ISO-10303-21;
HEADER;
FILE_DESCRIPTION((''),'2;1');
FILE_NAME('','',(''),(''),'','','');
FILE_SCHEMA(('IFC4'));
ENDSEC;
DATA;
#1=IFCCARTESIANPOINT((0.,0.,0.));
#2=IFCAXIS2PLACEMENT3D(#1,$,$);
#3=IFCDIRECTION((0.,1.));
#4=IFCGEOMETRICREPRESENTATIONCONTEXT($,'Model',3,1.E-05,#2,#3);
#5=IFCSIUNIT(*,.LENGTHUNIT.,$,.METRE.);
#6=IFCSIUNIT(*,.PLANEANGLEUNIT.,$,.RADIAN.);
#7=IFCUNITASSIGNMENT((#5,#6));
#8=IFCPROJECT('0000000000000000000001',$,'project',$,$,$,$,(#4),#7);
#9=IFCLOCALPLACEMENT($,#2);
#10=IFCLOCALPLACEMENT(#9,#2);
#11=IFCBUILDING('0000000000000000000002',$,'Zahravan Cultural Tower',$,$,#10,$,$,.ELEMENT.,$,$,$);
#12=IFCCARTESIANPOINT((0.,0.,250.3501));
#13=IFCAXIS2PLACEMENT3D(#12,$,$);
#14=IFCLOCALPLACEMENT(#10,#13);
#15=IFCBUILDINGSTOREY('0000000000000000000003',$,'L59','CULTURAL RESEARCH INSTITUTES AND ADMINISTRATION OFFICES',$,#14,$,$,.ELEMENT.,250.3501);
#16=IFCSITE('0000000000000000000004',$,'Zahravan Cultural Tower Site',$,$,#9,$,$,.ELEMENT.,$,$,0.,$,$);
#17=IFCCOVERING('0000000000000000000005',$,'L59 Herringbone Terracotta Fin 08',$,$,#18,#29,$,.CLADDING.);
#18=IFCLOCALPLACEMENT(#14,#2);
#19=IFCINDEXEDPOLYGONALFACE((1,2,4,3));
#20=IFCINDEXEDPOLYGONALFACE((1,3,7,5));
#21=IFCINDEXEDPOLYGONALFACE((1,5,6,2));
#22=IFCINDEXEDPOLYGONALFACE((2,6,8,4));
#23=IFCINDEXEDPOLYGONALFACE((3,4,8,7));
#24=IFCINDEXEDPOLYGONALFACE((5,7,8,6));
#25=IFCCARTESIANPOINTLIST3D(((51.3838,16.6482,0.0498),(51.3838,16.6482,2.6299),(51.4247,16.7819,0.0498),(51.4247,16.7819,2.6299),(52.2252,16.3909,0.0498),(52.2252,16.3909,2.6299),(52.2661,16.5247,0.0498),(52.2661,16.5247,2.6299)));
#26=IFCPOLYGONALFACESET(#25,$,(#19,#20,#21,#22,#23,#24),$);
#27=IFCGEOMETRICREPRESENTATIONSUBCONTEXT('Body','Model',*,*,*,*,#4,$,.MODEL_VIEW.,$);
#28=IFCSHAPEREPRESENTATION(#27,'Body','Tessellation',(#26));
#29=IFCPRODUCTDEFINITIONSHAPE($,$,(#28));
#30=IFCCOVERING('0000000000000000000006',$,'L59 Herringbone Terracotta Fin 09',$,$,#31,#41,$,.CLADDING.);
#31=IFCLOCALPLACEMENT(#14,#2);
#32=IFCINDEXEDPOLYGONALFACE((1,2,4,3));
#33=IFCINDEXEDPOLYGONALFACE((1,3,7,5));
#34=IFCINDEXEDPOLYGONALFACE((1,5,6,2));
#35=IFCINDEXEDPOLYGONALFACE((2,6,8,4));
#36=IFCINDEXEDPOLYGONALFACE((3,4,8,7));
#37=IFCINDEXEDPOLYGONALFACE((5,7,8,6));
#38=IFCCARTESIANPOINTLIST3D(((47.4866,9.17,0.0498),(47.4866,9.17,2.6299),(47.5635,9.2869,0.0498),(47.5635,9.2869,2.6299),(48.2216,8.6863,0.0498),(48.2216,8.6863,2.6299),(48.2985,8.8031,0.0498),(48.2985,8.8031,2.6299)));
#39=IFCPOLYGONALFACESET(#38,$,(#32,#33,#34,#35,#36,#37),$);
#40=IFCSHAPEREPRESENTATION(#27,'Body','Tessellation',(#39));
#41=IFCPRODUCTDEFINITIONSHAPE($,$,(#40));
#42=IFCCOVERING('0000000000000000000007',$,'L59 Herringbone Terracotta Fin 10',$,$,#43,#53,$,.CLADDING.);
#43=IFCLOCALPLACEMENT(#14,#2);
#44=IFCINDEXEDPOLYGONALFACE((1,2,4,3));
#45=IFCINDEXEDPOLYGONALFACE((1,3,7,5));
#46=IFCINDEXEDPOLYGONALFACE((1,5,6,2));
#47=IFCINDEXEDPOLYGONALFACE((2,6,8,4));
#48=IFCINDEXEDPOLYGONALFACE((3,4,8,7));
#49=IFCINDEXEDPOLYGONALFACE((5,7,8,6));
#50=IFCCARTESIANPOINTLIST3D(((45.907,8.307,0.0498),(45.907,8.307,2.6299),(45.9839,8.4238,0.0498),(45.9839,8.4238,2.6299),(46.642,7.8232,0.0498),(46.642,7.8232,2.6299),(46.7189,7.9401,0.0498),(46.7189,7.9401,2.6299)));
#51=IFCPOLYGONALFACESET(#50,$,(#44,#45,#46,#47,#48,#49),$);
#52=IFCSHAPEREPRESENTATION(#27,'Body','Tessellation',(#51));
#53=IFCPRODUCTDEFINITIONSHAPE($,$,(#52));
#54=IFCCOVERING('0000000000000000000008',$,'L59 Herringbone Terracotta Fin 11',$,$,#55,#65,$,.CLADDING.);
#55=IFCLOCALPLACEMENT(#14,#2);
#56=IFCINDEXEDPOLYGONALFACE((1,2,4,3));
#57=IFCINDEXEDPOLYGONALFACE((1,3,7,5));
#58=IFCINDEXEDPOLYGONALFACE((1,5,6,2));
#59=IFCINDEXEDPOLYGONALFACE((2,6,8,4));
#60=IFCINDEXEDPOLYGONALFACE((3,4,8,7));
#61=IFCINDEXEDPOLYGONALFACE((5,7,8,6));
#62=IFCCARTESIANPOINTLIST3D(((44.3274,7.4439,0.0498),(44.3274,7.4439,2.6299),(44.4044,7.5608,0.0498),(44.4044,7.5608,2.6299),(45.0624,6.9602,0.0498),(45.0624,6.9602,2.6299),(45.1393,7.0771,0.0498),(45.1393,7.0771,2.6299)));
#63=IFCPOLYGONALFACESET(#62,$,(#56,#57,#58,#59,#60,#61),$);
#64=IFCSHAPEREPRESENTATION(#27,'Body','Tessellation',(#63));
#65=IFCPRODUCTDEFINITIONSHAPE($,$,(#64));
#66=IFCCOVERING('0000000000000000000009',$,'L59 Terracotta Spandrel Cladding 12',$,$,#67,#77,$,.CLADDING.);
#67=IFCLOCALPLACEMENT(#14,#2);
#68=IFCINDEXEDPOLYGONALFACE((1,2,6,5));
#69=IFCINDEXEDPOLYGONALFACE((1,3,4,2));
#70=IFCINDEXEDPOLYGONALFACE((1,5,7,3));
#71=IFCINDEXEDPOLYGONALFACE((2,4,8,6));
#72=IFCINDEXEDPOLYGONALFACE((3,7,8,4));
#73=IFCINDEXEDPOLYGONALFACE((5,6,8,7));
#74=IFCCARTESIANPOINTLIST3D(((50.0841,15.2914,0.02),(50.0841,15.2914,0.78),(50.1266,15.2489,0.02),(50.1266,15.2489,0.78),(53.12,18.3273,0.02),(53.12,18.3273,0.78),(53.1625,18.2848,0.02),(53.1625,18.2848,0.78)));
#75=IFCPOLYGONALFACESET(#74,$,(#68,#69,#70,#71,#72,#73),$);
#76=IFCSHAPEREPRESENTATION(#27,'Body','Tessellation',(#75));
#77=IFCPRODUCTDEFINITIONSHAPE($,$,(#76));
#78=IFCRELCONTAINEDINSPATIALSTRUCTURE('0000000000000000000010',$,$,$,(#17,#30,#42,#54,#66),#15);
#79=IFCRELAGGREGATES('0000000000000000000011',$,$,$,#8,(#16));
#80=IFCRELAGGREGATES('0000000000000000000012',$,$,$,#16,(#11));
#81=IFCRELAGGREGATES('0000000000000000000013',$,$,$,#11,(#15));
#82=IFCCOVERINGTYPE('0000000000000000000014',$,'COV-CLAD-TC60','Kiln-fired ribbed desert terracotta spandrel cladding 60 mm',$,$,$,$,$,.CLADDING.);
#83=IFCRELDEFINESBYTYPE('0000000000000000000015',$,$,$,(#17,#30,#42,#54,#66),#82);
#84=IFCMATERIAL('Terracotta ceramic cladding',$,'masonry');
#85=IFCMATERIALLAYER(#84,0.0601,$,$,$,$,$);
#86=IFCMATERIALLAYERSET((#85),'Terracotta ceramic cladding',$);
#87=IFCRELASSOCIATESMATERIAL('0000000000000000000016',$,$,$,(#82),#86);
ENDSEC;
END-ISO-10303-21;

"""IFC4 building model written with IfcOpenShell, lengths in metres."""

from ifc_helpers import new_model, si_unit, direction, frame, origin, origin_2d, place, context, subcontext, project, spatial, rectangle, extrude, source, transform, mapped, material, layer, layer_set, type_object, element, save


model = new_model("IFC4")

# Units and contexts
model_context = context("Model", 3, precision=1e-05, world=origin(), true_north=direction((0.0, 1.0)))
body_context = subcontext(model_context, "Body", "Model", "MODEL_VIEW")
ifc_project = project(units=[si_unit("LENGTHUNIT", "METRE"), si_unit("PLANEANGLEUNIT", "RADIAN")], contexts=[model_context])

# Site, building, storey
site_placement = place(None, origin())
site = spatial("IfcSite", under=ifc_project, at=site_placement, Name="Zahravan Cultural Tower Site", CompositionType="ELEMENT", RefElevation=0.0)
building_placement = place(site_placement, origin())
building = spatial("IfcBuilding", under=site, at=building_placement, Name="Zahravan Cultural Tower", CompositionType="ELEMENT")
storey_placement = place(building_placement, frame((0.0, 0.0, 250.3501)))
storey = spatial("IfcBuildingStorey", under=building, at=storey_placement, Name="L59", Description="CULTURAL RESEARCH INSTITUTES AND ADMINISTRATION OFFICES", CompositionType="ELEMENT", Elevation=250.3501)

# Coverings
ifc_material_1 = material(Name="Terracotta ceramic cladding", Category="masonry")
ifc_layer_1 = layer(ifc_material_1, 0.0601)
ifc_layer_set_1 = layer_set([ifc_layer_1], Name="Terracotta ceramic cladding")
covering_type = type_object("IfcCoveringType", Name="COV-CLAD-TC60", Description="Kiln-fired ribbed desert terracotta spandrel cladding 60 mm", PredefinedType="CLADDING", material=ifc_layer_set_1)
shared_shape_1 = source(origin(), body_context, "Body", "SweptSolid", [
    extrude(rectangle(XDim=0.8799, YDim=0.1399, at=origin_2d()), origin(), (0.0, 0.0, 1.0), 2.5801),
])
for number, where, z_axis, x_axis, name in (
    (1, (51.825, 16.5864, 0.0498), (0.0, 0.0, 1.0), (0.956305, -0.292372, 0.0), "L59 Herringbone Terracotta Fin 08"),
    (2, (47.8926, 8.9866, 0.0498), (0.0, 0.0, 1.0), (0.835328, -0.549752, 0.0), "L59 Herringbone Terracotta Fin 09"),
    (3, (46.313, 8.1235, 0.0498), (0.0, 0.0, 1.0), (0.835328, -0.549752, 0.0), "L59 Herringbone Terracotta Fin 10"),
    (4, (44.7334, 7.2605, 0.0498), (0.0, 0.0, 1.0), (0.835328, -0.549752, 0.0), "L59 Herringbone Terracotta Fin 11"),
):
    element("IfcCovering", number, at=place(storey_placement, frame(where, z_axis=z_axis, x_axis=x_axis)), inside=storey, type_object=covering_type, Name=name, PredefinedType="CLADDING", context=body_context, shape_type="MappedRepresentation", body=[
        mapped(shared_shape_1, transform((0.0, 0.0, 0.0), x_axis=(1.0, 0.0, 0.0), y_axis=(0.0, 1.0, 0.0), z_axis=(0.0, 0.0, 1.0), scale=1.0)),
    ])
shared_shape_2 = source(origin(), body_context, "Body", "SweptSolid", [
    extrude(rectangle(XDim=4.2935, YDim=0.0601, at=origin_2d()), origin(), (0.0, 0.0, 1.0), 0.76),
])
covering_1_placement = place(storey_placement, frame((51.6233, 16.7881, 0.02), z_axis=(0.0, 0.0, 1.0), x_axis=(-0.707107, -0.707107, 0.0)))
element("IfcCovering", 5, at=covering_1_placement, inside=storey, type_object=covering_type, Name="L59 Terracotta Spandrel Cladding 12", PredefinedType="CLADDING", context=body_context, shape_type="MappedRepresentation", body=[
    mapped(shared_shape_2, transform((0.0, 0.0, 0.0), x_axis=(1.0, 0.0, 0.0), y_axis=(0.0, 1.0, 0.0), z_axis=(0.0, 0.0, 1.0), scale=1.0)),
])

save(model, "model.ifc")
